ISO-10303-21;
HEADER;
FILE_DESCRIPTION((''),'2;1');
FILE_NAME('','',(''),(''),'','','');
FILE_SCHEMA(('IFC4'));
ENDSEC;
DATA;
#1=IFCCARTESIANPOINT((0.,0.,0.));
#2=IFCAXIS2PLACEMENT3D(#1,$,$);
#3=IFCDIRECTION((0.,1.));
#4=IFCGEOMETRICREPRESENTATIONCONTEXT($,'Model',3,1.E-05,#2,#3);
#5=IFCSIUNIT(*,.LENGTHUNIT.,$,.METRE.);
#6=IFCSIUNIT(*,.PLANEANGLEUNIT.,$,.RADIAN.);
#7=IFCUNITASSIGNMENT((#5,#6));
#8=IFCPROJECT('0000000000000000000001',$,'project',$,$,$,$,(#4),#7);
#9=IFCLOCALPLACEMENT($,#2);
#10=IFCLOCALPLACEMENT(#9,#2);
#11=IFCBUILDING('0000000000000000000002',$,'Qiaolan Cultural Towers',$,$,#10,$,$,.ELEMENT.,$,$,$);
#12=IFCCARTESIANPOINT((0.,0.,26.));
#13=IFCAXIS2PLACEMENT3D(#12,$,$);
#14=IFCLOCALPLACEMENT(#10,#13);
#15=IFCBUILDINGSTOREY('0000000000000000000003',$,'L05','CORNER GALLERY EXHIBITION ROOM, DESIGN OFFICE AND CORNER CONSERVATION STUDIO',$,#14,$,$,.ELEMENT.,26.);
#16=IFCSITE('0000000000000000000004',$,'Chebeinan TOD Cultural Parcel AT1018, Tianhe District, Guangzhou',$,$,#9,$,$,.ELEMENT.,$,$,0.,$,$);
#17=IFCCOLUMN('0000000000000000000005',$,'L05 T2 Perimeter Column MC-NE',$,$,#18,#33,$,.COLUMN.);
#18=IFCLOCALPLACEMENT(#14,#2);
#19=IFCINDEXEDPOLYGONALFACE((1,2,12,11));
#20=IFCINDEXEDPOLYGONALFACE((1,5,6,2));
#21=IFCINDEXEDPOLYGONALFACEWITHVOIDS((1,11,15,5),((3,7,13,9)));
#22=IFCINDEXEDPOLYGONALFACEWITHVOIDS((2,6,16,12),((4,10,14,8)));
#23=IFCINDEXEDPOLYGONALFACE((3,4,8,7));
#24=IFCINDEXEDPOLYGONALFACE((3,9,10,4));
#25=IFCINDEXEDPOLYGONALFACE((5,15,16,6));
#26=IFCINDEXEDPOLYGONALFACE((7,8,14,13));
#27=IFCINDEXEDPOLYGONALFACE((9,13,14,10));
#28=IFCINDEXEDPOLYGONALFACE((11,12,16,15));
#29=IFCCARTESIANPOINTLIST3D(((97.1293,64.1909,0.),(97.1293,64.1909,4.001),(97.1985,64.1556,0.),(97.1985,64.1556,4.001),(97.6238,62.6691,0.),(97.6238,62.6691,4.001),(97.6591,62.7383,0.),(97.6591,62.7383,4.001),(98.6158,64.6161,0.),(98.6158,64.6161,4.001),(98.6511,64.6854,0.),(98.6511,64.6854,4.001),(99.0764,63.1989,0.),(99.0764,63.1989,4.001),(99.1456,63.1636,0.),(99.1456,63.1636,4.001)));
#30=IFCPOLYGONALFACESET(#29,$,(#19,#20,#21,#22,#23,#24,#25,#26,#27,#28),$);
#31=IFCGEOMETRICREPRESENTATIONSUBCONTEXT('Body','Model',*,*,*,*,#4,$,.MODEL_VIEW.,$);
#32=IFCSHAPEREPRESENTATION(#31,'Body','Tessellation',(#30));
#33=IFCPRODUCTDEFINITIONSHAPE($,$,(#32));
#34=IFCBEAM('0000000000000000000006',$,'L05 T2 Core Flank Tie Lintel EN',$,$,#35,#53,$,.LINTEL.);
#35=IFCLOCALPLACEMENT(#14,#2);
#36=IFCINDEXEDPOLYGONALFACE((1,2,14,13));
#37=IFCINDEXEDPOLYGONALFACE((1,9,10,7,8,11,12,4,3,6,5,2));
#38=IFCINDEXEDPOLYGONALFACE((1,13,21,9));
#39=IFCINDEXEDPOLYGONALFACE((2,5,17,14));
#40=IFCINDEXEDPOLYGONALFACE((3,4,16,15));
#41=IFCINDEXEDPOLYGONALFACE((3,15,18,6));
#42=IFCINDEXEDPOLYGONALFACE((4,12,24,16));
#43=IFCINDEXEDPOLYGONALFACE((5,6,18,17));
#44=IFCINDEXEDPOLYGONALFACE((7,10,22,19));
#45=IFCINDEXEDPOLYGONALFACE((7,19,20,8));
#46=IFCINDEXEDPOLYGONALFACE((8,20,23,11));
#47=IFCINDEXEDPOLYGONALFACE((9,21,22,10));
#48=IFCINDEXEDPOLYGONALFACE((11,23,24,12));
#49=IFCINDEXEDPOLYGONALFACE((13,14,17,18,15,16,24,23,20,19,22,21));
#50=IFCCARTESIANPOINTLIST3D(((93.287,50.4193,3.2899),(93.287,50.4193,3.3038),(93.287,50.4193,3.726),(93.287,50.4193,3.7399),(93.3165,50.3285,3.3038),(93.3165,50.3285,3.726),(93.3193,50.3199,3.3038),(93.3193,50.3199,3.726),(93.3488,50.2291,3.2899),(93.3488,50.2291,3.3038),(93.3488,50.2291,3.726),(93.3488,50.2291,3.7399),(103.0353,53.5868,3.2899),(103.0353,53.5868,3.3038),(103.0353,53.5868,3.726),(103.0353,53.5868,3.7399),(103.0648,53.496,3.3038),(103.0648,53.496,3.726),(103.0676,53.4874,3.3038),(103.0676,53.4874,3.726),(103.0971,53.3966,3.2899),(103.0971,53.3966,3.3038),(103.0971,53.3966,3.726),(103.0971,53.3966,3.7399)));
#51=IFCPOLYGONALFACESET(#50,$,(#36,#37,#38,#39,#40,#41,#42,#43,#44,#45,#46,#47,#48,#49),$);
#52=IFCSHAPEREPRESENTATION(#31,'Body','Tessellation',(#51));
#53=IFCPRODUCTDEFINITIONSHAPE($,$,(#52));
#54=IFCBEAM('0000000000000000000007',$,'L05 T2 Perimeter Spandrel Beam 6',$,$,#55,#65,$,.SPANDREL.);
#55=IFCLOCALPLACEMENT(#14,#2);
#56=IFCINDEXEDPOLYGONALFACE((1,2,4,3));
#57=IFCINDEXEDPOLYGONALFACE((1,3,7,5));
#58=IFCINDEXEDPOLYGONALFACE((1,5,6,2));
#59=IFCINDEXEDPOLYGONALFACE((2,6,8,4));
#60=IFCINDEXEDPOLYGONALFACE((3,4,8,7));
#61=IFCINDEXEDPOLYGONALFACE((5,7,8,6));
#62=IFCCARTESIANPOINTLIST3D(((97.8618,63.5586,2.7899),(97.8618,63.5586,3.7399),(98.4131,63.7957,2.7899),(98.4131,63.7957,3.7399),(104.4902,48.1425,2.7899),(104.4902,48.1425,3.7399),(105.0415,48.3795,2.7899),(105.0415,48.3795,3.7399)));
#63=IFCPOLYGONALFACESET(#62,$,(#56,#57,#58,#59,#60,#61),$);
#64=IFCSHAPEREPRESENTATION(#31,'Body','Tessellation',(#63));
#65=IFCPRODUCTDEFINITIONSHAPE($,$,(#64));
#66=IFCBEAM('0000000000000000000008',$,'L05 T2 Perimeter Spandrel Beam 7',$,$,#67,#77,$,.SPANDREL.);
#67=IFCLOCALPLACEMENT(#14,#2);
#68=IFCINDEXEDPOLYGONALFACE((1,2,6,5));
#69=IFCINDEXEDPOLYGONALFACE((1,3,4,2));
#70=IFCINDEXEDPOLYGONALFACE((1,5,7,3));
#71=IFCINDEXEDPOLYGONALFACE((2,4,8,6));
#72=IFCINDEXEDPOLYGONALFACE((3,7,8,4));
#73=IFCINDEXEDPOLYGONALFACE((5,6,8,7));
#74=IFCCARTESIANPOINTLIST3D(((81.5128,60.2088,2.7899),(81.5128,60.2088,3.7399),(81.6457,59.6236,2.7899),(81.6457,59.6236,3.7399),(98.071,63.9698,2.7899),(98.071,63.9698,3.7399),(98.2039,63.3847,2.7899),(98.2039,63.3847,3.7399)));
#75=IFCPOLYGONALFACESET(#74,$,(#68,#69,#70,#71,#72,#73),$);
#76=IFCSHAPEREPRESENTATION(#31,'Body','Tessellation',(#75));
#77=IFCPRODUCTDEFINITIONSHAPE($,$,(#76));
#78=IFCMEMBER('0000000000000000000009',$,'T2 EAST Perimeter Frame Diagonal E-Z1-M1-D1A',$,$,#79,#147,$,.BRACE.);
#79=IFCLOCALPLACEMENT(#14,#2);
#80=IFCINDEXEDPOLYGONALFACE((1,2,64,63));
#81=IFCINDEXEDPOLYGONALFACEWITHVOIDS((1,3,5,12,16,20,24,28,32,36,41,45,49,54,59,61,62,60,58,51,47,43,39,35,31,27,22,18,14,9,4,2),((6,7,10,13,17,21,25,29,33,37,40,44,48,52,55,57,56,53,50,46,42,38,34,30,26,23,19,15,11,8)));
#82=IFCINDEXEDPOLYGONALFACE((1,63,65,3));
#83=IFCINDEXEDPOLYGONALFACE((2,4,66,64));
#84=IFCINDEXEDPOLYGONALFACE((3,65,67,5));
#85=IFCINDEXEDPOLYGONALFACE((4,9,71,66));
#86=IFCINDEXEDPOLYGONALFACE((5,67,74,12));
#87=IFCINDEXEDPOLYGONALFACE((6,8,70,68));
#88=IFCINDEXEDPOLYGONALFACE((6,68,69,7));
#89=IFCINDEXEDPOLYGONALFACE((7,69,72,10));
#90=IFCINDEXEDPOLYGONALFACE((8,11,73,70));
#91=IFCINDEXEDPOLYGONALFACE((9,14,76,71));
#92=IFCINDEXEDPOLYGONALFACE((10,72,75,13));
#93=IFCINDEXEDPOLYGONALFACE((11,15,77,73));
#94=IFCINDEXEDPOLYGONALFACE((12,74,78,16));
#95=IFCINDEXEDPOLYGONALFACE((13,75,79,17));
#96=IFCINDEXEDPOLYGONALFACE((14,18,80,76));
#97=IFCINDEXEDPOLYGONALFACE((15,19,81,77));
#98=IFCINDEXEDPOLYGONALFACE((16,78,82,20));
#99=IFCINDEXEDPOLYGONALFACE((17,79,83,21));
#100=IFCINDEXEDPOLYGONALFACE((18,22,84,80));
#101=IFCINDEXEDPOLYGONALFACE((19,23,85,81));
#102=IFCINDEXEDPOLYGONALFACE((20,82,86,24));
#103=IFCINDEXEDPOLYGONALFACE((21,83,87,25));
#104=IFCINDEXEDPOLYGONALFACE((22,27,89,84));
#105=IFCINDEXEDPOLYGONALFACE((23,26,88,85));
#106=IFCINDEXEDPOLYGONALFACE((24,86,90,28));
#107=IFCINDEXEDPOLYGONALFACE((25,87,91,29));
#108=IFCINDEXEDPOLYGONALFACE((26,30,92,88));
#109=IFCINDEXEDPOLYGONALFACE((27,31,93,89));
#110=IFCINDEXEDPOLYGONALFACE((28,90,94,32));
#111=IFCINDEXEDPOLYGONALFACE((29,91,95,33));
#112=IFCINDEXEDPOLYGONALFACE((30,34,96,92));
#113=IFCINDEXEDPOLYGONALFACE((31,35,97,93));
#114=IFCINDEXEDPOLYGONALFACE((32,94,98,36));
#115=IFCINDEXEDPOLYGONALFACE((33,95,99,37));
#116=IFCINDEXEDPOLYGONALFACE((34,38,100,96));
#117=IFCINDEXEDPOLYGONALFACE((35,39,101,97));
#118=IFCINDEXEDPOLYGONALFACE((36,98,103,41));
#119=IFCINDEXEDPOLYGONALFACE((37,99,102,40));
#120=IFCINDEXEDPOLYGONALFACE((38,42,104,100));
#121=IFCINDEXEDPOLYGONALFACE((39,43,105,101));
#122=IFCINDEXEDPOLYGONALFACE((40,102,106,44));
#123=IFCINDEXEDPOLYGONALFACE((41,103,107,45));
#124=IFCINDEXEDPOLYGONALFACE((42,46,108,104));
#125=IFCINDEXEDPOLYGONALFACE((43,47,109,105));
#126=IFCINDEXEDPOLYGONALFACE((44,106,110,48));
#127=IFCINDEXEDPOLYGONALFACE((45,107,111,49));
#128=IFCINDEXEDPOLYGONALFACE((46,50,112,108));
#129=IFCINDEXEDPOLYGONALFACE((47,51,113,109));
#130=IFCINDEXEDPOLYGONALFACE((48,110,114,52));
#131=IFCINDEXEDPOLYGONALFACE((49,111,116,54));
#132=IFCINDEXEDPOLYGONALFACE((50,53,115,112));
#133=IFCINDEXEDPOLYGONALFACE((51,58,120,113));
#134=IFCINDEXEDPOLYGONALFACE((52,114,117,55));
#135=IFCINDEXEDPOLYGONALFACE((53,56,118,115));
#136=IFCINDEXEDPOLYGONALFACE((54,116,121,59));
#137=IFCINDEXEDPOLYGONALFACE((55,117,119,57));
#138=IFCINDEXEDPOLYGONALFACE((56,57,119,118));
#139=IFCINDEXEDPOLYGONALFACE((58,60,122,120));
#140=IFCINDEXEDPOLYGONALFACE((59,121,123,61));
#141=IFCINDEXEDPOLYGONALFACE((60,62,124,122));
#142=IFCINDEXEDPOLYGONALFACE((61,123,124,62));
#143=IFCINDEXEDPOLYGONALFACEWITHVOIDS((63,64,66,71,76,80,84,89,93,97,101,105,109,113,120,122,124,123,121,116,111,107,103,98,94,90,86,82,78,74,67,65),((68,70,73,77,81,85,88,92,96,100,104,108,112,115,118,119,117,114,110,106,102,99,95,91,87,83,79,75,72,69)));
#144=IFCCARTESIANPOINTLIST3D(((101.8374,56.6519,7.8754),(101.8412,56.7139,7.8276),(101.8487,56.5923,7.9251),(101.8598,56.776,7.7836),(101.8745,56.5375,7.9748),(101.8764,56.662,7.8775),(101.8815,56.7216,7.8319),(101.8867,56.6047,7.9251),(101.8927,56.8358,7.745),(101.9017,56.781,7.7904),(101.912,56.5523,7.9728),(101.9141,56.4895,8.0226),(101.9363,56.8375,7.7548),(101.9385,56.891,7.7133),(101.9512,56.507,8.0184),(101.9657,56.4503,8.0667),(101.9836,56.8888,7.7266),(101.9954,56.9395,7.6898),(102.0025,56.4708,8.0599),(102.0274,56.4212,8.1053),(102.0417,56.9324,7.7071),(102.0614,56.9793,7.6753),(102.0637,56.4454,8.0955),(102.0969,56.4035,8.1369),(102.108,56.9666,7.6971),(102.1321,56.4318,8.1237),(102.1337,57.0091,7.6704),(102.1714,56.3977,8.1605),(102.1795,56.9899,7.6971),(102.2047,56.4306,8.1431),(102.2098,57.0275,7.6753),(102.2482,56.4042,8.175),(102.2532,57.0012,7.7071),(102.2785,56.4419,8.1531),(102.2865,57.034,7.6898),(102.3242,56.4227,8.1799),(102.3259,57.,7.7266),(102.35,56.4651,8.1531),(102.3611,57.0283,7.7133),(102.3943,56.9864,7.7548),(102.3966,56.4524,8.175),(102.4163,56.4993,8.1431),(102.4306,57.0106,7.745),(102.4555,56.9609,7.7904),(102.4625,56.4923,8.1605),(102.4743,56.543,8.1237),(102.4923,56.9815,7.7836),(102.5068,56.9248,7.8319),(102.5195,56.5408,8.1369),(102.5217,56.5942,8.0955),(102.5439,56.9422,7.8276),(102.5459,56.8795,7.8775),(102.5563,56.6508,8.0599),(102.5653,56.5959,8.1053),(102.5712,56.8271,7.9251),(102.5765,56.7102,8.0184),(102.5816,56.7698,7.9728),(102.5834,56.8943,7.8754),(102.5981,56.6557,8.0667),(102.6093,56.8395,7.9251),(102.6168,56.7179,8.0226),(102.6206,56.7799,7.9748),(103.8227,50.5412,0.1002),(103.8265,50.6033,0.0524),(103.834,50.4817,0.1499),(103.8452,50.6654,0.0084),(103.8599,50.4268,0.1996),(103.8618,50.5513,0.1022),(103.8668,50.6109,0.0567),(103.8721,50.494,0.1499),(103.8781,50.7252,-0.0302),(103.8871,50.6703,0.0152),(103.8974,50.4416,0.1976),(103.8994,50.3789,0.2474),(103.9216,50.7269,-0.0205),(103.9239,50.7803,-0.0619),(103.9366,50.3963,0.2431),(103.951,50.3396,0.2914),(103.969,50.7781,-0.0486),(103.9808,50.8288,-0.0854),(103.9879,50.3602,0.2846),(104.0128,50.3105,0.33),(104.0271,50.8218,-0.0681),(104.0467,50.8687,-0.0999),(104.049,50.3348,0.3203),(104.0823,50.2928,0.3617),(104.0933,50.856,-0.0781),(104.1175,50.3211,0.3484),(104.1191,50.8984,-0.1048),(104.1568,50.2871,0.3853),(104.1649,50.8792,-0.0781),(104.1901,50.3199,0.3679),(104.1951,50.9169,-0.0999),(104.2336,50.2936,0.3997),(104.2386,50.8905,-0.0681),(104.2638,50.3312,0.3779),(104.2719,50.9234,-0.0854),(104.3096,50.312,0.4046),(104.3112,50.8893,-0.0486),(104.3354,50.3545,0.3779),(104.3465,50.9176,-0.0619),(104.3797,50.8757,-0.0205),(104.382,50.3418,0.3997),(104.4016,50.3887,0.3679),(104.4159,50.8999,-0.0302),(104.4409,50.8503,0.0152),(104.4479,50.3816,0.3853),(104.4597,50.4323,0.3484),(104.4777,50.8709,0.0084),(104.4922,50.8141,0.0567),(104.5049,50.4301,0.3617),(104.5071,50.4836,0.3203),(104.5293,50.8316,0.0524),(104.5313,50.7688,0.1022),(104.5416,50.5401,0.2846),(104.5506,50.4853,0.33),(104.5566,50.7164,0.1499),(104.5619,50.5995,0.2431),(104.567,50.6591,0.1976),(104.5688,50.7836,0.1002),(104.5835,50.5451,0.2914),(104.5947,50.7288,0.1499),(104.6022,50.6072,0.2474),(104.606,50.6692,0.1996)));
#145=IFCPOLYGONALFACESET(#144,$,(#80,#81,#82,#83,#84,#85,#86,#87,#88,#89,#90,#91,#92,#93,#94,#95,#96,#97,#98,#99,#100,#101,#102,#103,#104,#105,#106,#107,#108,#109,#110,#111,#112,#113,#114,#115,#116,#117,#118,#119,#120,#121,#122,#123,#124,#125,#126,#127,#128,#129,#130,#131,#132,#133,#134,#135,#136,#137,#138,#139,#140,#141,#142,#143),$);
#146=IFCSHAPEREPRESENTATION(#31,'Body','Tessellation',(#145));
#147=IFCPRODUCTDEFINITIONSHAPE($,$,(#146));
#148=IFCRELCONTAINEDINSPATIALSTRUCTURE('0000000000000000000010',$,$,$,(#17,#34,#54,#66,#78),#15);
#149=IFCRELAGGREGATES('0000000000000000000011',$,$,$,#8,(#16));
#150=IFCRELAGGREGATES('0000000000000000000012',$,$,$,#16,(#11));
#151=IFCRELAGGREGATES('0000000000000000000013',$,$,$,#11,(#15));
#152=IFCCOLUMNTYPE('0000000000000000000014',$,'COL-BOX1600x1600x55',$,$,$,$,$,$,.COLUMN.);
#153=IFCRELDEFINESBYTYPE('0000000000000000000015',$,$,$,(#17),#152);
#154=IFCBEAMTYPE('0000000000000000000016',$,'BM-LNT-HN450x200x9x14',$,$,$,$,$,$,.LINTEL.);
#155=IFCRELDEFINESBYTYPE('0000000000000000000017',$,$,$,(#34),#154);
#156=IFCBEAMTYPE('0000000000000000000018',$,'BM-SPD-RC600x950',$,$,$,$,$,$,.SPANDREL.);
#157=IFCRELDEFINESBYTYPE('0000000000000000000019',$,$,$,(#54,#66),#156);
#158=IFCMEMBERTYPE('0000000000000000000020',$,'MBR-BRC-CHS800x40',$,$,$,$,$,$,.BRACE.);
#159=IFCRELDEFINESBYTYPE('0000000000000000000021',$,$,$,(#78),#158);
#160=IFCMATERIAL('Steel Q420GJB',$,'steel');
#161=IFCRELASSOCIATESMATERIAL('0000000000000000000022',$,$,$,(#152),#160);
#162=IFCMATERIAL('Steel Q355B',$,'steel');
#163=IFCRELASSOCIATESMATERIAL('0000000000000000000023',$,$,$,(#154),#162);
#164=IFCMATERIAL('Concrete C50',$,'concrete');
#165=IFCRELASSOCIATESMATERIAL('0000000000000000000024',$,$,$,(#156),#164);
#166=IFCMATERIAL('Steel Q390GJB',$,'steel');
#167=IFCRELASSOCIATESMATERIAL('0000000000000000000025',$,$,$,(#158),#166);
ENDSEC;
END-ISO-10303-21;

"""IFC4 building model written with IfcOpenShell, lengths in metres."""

from ifc_helpers import new_model, si_unit, direction, frame, origin, origin_2d, place, context, subcontext, project, spatial, rectangle, hollow_rectangle, hollow_circle, i_section, extrude, material, material_profile, profile_set, type_object, element, save


model = new_model("IFC4")

# Units and contexts
model_context = context("Model", 3, precision=1e-05, world=origin(), true_north=direction((0.0, 1.0)))
body_context = subcontext(model_context, "Body", "Model", "MODEL_VIEW")
ifc_project = project(units=[si_unit("LENGTHUNIT", "METRE"), si_unit("PLANEANGLEUNIT", "RADIAN")], contexts=[model_context])

# Site, building, storey
site_placement = place(None, origin())
site = spatial("IfcSite", under=ifc_project, at=site_placement, Name="Chebeinan TOD Cultural Parcel AT1018, Tianhe District, Guangzhou", CompositionType="ELEMENT", RefElevation=0.0)
building_placement = place(site_placement, origin())
building = spatial("IfcBuilding", under=site, at=building_placement, Name="Qiaolan Cultural Towers", CompositionType="ELEMENT")
storey_placement = place(building_placement, frame((0.0, 0.0, 26.0)))
storey = spatial("IfcBuildingStorey", under=building, at=storey_placement, Name="L05", Description="CORNER GALLERY EXHIBITION ROOM, DESIGN OFFICE AND CORNER CONSERVATION STUDIO", CompositionType="ELEMENT", Elevation=26.0)

# Column
ifc_material_1 = material(Name="Steel Q420GJB", Category="steel")
ifc_material_profile_1 = material_profile(ifc_material_1, hollow_rectangle(XDim=1.6001, YDim=1.6001, WallThickness=0.0549, at=origin_2d()), Name="BOX1600x1600x55")
ifc_profile_set_1 = profile_set([ifc_material_profile_1], Name="Steel Q420GJB")
column_type = type_object("IfcColumnType", Name="COL-BOX1600x1600x55", PredefinedType="COLUMN", material=ifc_profile_set_1)
column_placement = place(storey_placement, frame((98.1375, 63.6772, 0.0), z_axis=(0.0, 0.0, 1.0), x_axis=(0.951057, 0.309017, 0.0)))
element("IfcColumn", 1, at=column_placement, inside=storey, type_object=column_type, Name="L05 T2 Perimeter Column MC-NE", PredefinedType="COLUMN", context=body_context, shape_type="SweptSolid", body=[
    extrude(hollow_rectangle(XDim=1.6001, YDim=1.6001, WallThickness=0.0549, at=origin_2d()), origin(), (0.0, 0.0, 1.0), 4.001),
])

# Beams
ifc_material_2 = material(Name="Steel Q355B", Category="steel")
ifc_material_profile_2 = material_profile(ifc_material_2, i_section(OverallWidth=0.2, OverallDepth=0.45, WebThickness=0.009, FlangeThickness=0.0139, at=origin_2d()), Name="HN450x200x9x14")
ifc_profile_set_2 = profile_set([ifc_material_profile_2], Name="Steel Q355B")
beam_type_1 = type_object("IfcBeamType", Name="BM-LNT-HN450x200x9x14", PredefinedType="LINTEL", material=ifc_profile_set_2)
beam_1_placement = place(storey_placement, frame((93.3179, 50.3242, 3.5149), z_axis=(0.951055, 0.309023, 0.0), x_axis=(-0.309023, 0.951055, 0.0)))
element("IfcBeam", 2, at=beam_1_placement, inside=storey, type_object=beam_type_1, Name="L05 T2 Core Flank Tie Lintel EN", PredefinedType="LINTEL", context=body_context, shape_type="SweptSolid", body=[
    extrude(i_section(OverallWidth=0.2, OverallDepth=0.45, WebThickness=0.009, FlangeThickness=0.0139, at=origin_2d()), origin(), (0.0, 0.0, 1.0), 10.25),
])
ifc_material_3 = material(Name="Concrete C50", Category="concrete")
ifc_material_profile_3 = material_profile(ifc_material_3, rectangle(XDim=0.6001, YDim=0.95, at=origin_2d()), Name="RC600x950")
ifc_profile_set_3 = profile_set([ifc_material_profile_3], Name="Concrete C50")
beam_type_2 = type_object("IfcBeamType", Name="BM-SPD-RC600x950", PredefinedType="SPANDREL", material=ifc_profile_set_3)
beam_2_placement = place(storey_placement, frame((104.7659, 48.261, 3.2649), z_axis=(-0.394999, 0.918682, 0.0), x_axis=(-0.918682, -0.394999, 0.0)))
element("IfcBeam", 3, at=beam_2_placement, inside=storey, type_object=beam_type_2, Name="L05 T2 Perimeter Spandrel Beam 6", PredefinedType="SPANDREL", context=body_context, shape_type="SweptSolid", body=[
    extrude(rectangle(XDim=0.6001, YDim=0.95, at=origin_2d()), origin(), (0.0, 0.0, 1.0), 16.7808),
])
beam_3_placement = place(storey_placement, frame((98.1375, 63.6772, 3.2649), z_axis=(-0.975161, -0.221497, 0.0), x_axis=(0.221497, -0.975161, 0.0)))
element("IfcBeam", 4, at=beam_3_placement, inside=storey, type_object=beam_type_2, Name="L05 T2 Perimeter Spandrel Beam 7", PredefinedType="SPANDREL", context=body_context, shape_type="SweptSolid", body=[
    extrude(rectangle(XDim=0.6001, YDim=0.95, at=origin_2d()), origin(), (0.0, 0.0, 1.0), 16.98),
])

# Member
ifc_material_4 = material(Name="Steel Q390GJB", Category="steel")
ifc_material_profile_4 = material_profile(ifc_material_4, hollow_circle(Radius=0.3999, WallThickness=0.04, at=origin_2d()), Name="CHS800x40")
ifc_profile_set_4 = profile_set([ifc_material_profile_4], Name="Steel Q390GJB")
member_type = type_object("IfcMemberType", Name="MBR-BRC-CHS800x40", PredefinedType="BRACE", material=ifc_profile_set_4)
member_1_placement = place(storey_placement, frame((104.2144, 50.6052, 0.1499), z_axis=(-0.196836, 0.60583, 0.77086), x_axis=(-0.951061, -0.309003, 0.0)))
element("IfcMember", 5, at=member_1_placement, inside=storey, type_object=member_type, Name="T2 EAST Perimeter Frame Diagonal E-Z1-M1-D1A", PredefinedType="BRACE", context=body_context, shape_type="SweptSolid", body=[
    extrude(hollow_circle(Radius=0.3999, WallThickness=0.04, at=origin_2d()), origin(), (0.0, 0.0, 1.0), 10.0864),
])

save(model, "model.ifc")
